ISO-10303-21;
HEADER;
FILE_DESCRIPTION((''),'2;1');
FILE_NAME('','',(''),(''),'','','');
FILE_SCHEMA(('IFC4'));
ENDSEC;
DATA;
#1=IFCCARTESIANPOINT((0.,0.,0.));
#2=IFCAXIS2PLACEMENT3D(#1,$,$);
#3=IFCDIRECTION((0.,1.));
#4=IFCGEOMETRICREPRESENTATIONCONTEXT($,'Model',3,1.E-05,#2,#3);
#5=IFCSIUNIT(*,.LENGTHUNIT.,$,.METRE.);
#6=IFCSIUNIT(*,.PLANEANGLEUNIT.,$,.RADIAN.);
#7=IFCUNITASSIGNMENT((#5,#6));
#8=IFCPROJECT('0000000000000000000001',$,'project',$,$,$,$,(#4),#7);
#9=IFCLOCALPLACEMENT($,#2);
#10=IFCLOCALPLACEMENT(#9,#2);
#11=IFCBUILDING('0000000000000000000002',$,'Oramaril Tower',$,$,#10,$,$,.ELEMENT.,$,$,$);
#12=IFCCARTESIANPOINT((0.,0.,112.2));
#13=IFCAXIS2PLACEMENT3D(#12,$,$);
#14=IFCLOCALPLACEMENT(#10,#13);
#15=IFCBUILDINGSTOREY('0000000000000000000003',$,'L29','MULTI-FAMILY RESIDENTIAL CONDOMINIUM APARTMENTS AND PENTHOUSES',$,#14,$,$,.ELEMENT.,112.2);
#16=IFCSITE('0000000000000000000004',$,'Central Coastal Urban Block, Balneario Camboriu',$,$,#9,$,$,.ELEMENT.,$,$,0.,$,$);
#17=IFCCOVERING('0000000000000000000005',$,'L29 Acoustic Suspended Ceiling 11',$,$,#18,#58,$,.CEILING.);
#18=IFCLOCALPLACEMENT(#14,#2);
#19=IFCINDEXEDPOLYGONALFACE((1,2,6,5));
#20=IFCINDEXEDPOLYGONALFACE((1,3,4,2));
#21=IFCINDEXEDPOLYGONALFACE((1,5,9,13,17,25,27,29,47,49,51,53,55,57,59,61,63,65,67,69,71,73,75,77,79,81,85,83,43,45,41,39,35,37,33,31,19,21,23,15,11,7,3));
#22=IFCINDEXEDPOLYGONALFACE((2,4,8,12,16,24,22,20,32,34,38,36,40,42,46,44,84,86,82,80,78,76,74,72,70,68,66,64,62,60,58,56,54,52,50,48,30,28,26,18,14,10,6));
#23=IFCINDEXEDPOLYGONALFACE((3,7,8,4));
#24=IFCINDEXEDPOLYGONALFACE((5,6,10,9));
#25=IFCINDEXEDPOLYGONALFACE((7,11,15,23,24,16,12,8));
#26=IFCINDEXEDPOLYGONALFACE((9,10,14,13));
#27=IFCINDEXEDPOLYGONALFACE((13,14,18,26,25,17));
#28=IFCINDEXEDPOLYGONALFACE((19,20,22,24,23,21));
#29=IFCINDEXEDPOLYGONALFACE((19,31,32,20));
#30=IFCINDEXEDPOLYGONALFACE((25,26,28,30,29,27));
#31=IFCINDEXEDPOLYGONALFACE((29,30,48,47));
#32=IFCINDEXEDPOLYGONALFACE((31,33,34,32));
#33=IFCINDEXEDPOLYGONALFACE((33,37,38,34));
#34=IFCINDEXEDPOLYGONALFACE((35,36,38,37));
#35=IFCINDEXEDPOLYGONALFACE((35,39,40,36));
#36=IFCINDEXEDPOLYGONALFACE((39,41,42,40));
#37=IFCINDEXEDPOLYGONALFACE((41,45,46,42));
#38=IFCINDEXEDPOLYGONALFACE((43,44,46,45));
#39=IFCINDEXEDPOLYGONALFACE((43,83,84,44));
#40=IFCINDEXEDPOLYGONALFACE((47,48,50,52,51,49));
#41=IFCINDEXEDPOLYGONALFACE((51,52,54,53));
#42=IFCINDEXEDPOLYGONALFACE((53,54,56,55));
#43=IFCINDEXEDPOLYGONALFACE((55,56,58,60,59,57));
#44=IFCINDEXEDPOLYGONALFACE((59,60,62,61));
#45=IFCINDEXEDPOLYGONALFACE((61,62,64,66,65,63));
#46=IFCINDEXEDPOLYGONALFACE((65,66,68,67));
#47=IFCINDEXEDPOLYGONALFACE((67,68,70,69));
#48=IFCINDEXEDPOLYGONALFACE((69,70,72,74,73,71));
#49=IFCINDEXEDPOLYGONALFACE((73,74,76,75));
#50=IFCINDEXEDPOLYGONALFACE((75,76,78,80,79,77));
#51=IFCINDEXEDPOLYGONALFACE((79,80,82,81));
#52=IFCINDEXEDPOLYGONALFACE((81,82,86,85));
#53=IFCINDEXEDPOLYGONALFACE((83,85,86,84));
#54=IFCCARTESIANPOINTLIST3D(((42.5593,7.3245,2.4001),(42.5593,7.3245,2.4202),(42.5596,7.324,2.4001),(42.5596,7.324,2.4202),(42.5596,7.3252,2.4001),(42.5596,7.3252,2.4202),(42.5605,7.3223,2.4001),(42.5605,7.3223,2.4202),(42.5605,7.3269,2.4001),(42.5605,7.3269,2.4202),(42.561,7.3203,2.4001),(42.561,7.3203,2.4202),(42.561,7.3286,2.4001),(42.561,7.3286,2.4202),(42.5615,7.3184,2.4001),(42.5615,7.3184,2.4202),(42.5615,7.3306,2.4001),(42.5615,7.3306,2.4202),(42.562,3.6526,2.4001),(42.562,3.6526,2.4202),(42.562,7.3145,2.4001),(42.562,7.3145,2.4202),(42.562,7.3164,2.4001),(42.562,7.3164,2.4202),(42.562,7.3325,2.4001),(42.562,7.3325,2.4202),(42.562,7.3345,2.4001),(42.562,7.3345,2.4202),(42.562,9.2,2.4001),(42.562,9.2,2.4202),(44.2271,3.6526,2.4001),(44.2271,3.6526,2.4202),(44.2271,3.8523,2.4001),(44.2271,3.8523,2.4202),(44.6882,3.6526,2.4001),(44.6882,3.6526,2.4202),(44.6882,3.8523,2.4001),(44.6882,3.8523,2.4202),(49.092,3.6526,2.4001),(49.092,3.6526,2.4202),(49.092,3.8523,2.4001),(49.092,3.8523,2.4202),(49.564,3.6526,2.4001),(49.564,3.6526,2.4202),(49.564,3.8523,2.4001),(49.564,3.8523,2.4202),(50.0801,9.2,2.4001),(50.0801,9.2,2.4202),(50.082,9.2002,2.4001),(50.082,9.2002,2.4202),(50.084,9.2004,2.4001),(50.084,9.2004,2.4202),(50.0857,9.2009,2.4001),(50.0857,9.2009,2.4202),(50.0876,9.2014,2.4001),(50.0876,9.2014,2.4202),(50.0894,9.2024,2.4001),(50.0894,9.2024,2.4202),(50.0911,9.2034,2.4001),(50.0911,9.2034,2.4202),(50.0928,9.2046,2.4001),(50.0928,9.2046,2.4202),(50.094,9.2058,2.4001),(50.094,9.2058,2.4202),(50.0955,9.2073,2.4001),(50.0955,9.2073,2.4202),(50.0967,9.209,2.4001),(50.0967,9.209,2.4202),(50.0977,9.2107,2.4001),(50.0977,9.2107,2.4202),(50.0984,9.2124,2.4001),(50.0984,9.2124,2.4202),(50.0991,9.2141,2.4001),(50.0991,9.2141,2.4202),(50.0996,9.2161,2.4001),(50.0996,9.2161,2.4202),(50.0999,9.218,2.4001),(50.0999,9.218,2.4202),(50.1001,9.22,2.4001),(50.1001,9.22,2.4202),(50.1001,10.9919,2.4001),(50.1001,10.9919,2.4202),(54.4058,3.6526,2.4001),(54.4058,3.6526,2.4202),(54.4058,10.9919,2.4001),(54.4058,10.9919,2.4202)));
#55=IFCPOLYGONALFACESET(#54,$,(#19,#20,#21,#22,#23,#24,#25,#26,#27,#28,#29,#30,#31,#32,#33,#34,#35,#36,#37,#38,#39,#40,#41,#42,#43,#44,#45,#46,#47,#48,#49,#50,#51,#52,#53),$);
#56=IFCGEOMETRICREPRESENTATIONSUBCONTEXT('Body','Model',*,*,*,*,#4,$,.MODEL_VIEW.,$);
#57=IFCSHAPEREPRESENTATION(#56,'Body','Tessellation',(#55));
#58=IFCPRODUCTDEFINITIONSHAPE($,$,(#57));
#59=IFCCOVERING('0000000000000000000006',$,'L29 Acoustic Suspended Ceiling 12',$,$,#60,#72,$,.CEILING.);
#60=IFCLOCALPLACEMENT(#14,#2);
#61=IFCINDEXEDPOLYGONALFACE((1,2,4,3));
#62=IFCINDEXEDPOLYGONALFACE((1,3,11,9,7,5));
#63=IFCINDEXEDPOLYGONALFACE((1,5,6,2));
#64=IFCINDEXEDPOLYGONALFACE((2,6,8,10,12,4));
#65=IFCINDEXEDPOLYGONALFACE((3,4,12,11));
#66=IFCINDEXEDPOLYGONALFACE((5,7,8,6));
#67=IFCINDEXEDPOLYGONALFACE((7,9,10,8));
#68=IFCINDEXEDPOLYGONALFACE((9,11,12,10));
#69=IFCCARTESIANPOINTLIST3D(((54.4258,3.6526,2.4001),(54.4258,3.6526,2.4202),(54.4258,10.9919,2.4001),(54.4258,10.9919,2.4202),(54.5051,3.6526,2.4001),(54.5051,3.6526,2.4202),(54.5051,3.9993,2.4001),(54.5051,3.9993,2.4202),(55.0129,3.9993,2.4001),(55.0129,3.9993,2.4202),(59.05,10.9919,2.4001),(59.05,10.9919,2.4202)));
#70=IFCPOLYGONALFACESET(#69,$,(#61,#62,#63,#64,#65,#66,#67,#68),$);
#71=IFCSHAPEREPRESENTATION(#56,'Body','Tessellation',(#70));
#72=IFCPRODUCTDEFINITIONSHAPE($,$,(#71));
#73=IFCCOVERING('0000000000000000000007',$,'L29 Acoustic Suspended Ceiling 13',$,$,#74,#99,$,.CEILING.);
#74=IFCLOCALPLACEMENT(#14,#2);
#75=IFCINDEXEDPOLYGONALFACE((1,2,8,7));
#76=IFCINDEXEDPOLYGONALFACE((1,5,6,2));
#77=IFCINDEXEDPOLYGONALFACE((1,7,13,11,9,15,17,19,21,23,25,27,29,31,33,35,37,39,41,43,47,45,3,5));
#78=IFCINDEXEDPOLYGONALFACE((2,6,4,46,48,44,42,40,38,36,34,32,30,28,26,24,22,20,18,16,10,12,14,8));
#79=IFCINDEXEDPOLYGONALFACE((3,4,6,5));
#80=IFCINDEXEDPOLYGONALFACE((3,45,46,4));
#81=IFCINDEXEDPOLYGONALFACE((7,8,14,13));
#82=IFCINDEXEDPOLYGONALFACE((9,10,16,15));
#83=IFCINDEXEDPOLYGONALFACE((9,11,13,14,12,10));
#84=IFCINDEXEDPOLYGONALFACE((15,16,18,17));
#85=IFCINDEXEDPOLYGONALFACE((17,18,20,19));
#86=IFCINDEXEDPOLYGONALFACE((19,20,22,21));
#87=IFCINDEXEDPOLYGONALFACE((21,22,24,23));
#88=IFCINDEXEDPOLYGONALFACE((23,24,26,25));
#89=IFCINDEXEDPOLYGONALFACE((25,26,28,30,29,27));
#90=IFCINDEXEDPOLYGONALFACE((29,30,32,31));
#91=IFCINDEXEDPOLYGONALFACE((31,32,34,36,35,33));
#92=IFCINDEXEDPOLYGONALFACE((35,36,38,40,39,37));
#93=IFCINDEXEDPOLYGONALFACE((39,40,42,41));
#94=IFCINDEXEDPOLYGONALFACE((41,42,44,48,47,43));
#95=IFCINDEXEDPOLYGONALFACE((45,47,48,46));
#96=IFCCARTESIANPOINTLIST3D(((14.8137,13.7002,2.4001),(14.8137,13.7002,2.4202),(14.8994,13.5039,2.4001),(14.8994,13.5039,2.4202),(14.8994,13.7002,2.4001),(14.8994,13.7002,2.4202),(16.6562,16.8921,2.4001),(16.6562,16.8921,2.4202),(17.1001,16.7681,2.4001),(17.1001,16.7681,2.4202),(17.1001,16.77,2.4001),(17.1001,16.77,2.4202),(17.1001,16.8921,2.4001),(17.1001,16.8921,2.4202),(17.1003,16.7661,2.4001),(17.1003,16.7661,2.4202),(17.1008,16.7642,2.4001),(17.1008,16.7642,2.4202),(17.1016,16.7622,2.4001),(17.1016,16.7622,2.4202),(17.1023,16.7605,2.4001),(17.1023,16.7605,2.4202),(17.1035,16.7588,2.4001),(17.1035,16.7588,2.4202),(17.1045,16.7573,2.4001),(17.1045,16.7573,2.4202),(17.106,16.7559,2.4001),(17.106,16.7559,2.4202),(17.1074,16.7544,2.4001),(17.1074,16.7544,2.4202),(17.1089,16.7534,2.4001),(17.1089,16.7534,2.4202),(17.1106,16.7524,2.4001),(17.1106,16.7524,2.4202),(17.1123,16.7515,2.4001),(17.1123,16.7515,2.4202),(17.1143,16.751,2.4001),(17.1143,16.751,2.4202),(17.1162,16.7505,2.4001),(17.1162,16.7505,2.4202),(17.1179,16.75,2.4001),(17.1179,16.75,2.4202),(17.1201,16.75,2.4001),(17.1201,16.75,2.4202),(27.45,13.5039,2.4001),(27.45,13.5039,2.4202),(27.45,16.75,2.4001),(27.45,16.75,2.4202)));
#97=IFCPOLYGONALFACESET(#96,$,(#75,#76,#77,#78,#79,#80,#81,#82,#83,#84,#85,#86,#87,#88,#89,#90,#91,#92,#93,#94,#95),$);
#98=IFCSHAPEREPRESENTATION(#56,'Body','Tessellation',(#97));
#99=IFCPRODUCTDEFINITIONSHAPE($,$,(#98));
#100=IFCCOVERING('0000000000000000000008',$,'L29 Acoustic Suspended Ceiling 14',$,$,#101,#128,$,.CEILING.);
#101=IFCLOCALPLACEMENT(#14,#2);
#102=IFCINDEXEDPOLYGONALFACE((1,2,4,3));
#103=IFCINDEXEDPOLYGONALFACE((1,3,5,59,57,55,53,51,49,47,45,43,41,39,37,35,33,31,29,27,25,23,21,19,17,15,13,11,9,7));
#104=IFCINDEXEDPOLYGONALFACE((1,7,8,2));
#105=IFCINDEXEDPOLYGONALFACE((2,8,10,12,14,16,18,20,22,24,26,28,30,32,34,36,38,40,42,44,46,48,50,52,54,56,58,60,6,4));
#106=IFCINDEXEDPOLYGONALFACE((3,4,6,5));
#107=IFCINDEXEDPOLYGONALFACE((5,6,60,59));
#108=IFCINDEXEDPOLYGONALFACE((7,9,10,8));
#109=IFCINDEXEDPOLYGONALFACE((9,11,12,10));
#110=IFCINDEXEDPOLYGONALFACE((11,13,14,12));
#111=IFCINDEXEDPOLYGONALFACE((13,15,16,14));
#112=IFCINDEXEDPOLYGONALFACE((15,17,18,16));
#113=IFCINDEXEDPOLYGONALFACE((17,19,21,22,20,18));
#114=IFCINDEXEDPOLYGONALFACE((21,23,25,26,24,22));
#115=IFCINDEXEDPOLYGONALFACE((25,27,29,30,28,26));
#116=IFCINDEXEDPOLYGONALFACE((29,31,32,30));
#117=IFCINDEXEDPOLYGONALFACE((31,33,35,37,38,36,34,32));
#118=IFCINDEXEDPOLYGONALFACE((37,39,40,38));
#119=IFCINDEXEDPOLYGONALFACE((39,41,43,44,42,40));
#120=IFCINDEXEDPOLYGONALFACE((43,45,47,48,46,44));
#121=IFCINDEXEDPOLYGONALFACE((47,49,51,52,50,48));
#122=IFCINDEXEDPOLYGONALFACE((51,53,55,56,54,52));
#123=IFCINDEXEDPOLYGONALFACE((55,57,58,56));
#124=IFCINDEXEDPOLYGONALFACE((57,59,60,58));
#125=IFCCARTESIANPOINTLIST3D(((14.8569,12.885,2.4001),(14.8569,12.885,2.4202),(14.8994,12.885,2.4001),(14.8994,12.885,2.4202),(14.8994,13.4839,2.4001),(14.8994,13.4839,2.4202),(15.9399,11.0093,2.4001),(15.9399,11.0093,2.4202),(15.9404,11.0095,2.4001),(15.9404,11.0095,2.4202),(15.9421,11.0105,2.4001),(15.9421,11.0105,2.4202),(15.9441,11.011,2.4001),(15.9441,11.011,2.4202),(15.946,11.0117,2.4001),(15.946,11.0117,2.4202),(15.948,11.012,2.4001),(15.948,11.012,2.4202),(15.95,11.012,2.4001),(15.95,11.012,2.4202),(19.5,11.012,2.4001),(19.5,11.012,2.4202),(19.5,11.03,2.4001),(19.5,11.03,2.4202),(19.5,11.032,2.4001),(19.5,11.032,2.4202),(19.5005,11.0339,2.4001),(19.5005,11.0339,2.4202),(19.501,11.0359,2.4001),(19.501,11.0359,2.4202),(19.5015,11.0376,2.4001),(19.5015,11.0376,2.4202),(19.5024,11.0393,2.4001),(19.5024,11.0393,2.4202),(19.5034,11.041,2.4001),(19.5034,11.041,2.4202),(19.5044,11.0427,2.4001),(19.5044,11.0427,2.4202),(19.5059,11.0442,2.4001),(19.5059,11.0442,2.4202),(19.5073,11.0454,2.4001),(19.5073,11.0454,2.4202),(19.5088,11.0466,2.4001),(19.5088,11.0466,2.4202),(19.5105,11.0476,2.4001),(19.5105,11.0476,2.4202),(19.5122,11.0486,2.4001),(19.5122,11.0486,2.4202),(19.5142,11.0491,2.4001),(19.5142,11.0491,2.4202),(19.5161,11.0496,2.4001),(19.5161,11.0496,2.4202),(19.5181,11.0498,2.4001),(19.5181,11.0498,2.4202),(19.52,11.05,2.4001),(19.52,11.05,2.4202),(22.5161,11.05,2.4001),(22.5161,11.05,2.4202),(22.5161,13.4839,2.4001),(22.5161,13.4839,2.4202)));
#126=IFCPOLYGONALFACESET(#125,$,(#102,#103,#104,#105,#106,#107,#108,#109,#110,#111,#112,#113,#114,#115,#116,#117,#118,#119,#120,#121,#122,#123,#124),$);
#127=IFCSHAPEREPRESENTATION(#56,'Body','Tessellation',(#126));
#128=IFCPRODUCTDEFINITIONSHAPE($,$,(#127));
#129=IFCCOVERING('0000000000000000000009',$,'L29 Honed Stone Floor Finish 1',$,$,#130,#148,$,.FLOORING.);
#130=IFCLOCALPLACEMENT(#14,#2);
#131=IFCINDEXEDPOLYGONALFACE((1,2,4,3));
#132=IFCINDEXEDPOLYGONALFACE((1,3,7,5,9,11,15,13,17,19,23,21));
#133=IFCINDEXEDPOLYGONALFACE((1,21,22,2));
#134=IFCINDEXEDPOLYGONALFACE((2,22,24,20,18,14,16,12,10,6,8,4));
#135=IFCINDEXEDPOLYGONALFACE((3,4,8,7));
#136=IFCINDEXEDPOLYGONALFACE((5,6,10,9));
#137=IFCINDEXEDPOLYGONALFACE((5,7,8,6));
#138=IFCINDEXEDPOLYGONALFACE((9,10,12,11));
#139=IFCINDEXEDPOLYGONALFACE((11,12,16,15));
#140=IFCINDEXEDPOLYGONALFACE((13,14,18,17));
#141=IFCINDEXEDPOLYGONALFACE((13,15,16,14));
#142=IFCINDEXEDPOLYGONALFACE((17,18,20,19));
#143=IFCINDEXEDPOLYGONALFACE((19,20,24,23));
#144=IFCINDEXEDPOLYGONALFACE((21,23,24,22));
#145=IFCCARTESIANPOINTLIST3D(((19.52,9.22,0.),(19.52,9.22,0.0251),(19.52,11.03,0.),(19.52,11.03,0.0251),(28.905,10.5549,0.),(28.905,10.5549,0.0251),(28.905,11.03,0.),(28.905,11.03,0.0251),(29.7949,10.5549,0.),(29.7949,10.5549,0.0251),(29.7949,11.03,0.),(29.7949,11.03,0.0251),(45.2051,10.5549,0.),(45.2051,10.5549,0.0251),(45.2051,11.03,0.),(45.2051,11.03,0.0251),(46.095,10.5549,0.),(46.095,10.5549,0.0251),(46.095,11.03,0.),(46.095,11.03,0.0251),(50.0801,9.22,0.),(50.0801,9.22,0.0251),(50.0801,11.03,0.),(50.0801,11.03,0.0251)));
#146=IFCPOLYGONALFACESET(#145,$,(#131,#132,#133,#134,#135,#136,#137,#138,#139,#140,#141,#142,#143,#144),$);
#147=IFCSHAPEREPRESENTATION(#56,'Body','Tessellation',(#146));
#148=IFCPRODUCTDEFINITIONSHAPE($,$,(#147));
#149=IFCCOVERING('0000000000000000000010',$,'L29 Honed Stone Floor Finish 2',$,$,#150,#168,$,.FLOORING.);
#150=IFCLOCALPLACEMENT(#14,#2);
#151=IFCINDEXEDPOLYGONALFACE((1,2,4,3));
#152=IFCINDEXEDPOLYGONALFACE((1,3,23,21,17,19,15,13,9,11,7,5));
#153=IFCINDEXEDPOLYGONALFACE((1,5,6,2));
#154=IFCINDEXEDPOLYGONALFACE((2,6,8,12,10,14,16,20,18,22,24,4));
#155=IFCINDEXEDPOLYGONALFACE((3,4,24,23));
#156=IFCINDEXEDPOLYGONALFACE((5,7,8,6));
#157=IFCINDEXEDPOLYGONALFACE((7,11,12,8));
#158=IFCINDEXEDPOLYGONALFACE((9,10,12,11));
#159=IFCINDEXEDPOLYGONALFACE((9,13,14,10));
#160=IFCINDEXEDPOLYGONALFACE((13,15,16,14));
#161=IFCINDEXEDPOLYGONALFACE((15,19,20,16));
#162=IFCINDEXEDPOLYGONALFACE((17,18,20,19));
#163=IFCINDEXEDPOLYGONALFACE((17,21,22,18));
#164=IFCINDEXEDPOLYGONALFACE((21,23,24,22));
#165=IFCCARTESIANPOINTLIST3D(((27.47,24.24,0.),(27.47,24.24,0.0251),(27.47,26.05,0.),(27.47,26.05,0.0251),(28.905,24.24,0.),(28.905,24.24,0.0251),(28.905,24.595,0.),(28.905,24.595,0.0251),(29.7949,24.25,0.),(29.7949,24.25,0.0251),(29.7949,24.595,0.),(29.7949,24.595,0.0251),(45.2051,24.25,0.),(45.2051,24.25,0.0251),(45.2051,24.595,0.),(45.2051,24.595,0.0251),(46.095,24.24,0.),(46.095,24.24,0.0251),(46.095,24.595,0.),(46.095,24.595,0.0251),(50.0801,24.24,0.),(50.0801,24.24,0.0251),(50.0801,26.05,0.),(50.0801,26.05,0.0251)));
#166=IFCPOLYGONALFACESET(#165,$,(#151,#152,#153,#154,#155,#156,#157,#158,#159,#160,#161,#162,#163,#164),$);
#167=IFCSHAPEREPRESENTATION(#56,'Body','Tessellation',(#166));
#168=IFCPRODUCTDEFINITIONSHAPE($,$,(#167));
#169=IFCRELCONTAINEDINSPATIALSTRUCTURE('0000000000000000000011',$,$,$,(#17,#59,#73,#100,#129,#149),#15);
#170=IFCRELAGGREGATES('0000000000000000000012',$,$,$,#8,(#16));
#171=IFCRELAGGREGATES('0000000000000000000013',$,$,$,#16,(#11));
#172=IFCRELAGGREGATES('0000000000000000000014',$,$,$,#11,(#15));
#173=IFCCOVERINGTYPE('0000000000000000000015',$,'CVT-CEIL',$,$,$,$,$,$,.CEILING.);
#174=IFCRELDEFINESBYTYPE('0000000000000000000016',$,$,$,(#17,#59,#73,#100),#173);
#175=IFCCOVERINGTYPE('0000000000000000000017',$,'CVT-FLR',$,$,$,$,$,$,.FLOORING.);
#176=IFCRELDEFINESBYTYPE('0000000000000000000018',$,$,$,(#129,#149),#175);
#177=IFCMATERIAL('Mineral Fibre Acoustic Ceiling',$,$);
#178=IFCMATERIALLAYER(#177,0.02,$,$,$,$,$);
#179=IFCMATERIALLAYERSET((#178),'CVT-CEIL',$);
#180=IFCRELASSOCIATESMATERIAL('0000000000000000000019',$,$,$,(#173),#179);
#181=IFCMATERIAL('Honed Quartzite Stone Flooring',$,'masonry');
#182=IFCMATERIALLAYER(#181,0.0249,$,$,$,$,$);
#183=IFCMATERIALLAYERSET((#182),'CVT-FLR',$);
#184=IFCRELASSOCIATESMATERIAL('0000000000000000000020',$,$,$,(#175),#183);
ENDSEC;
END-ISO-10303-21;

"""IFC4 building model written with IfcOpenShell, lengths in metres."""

from ifc_helpers import new_model, si_unit, direction, frame, origin, place, context, subcontext, project, spatial, polyline, outline, extrude, material, layer, layer_set, type_object, element, save


model = new_model("IFC4")

# Units and contexts
model_context = context("Model", 3, precision=1e-05, world=origin(), true_north=direction((0.0, 1.0)))
body_context = subcontext(model_context, "Body", "Model", "MODEL_VIEW")
ifc_project = project(units=[si_unit("LENGTHUNIT", "METRE"), si_unit("PLANEANGLEUNIT", "RADIAN")], contexts=[model_context])

# Site, building, storey
site_placement = place(None, origin())
site = spatial("IfcSite", under=ifc_project, at=site_placement, Name="Central Coastal Urban Block, Balneario Camboriu", CompositionType="ELEMENT", RefElevation=0.0)
building_placement = place(site_placement, origin())
building = spatial("IfcBuilding", under=site, at=building_placement, Name="Oramaril Tower", CompositionType="ELEMENT")
storey_placement = place(building_placement, frame((0.0, 0.0, 112.2)))
storey = spatial("IfcBuildingStorey", under=building, at=storey_placement, Name="L29", Description="MULTI-FAMILY RESIDENTIAL CONDOMINIUM APARTMENTS AND PENTHOUSES", CompositionType="ELEMENT", Elevation=112.2)

# Coverings
ifc_material_1 = material(Name="Mineral Fibre Acoustic Ceiling")
ifc_layer_1 = layer(ifc_material_1, 0.02)
ifc_layer_set_1 = layer_set([ifc_layer_1], Name="CVT-CEIL")
covering_type_1 = type_object("IfcCoveringType", Name="CVT-CEIL", PredefinedType="CEILING", material=ifc_layer_set_1)
covering_1_placement = place(storey_placement, frame((0.0, 0.0, 2.4001)))
element("IfcCovering", 1, at=covering_1_placement, inside=storey, type_object=covering_type_1, Name="L29 Acoustic Suspended Ceiling 11", PredefinedType="CEILING", context=body_context, shape_type="SweptSolid", body=[
    extrude(outline(polyline([(54.4058, 10.9919), (54.4058, 3.6526), (49.564, 3.6526), (49.564, 3.8523), (49.092, 3.8523), (49.092, 3.6526), (44.6882, 3.6526), (44.6882, 3.8523), (44.2271, 3.8523), (44.2271, 3.6526), (42.562, 3.6526), (42.562, 7.3145), (42.562, 7.3164), (42.5615, 7.3184), (42.561, 7.3203), (42.5605, 7.3223), (42.5596, 7.324), (42.5593, 7.3245), (42.5596, 7.3252), (42.5605, 7.3269), (42.561, 7.3286), (42.5615, 7.3306), (42.562, 7.3325), (42.562, 7.3345), (42.562, 9.2), (50.0801, 9.2), (50.082, 9.2002), (50.084, 9.2004), (50.0857, 9.2009), (50.0876, 9.2014), (50.0894, 9.2024), (50.0911, 9.2034), (50.0928, 9.2046), (50.094, 9.2058), (50.0955, 9.2073), (50.0967, 9.209), (50.0977, 9.2107), (50.0984, 9.2124), (50.0991, 9.2141), (50.0996, 9.2161), (50.0999, 9.218), (50.1001, 9.22), (50.1001, 10.9919), (54.4058, 10.9919)])), origin(), (0.0, 0.0, 1.0), 0.02),
])
covering_2_placement = place(storey_placement, frame((0.0, 0.0, 2.4001)))
element("IfcCovering", 2, at=covering_2_placement, inside=storey, type_object=covering_type_1, Name="L29 Acoustic Suspended Ceiling 12", PredefinedType="CEILING", context=body_context, shape_type="SweptSolid", body=[
    extrude(outline(polyline([(54.5051, 3.9993), (54.5051, 3.6526), (54.4258, 3.6526), (54.4258, 10.9919), (59.05, 10.9919), (55.0129, 3.9993), (54.5051, 3.9993)])), origin(), (0.0, 0.0, 1.0), 0.02),
])
covering_3_placement = place(storey_placement, frame((0.0, 0.0, 2.4001)))
element("IfcCovering", 3, at=covering_3_placement, inside=storey, type_object=covering_type_1, Name="L29 Acoustic Suspended Ceiling 13", PredefinedType="CEILING", context=body_context, shape_type="SweptSolid", body=[
    extrude(outline(polyline([(14.8994, 13.5039), (14.8994, 13.7002), (14.8137, 13.7002), (16.6562, 16.8921), (17.1001, 16.8921), (17.1001, 16.77), (17.1001, 16.7681), (17.1003, 16.7661), (17.1008, 16.7642), (17.1016, 16.7622), (17.1023, 16.7605), (17.1035, 16.7588), (17.1045, 16.7573), (17.106, 16.7559), (17.1074, 16.7544), (17.1089, 16.7534), (17.1106, 16.7524), (17.1123, 16.7515), (17.1143, 16.751), (17.1162, 16.7505), (17.1179, 16.75), (17.1201, 16.75), (27.45, 16.75), (27.45, 13.5039), (14.8994, 13.5039)])), origin(), (0.0, 0.0, 1.0), 0.02),
])
covering_4_placement = place(storey_placement, frame((0.0, 0.0, 2.4001)))
element("IfcCovering", 4, at=covering_4_placement, inside=storey, type_object=covering_type_1, Name="L29 Acoustic Suspended Ceiling 14", PredefinedType="CEILING", context=body_context, shape_type="SweptSolid", body=[
    extrude(outline(polyline([(14.8569, 12.885), (14.8994, 12.885), (14.8994, 13.4839), (22.5161, 13.4839), (22.5161, 11.05), (19.52, 11.05), (19.5181, 11.0498), (19.5161, 11.0496), (19.5142, 11.0491), (19.5122, 11.0486), (19.5105, 11.0476), (19.5088, 11.0466), (19.5073, 11.0454), (19.5059, 11.0442), (19.5044, 11.0427), (19.5034, 11.041), (19.5024, 11.0393), (19.5015, 11.0376), (19.501, 11.0359), (19.5005, 11.0339), (19.5, 11.032), (19.5, 11.03), (19.5, 11.012), (15.95, 11.012), (15.948, 11.012), (15.946, 11.0117), (15.9441, 11.011), (15.9421, 11.0105), (15.9404, 11.0095), (15.9399, 11.0093), (14.8569, 12.885)])), origin(), (0.0, 0.0, 1.0), 0.02),
])
ifc_material_2 = material(Name="Honed Quartzite Stone Flooring", Category="masonry")
ifc_layer_2 = layer(ifc_material_2, 0.0249)
ifc_layer_set_2 = layer_set([ifc_layer_2], Name="CVT-FLR")
covering_type_2 = type_object("IfcCoveringType", Name="CVT-FLR", PredefinedType="FLOORING", material=ifc_layer_set_2)
covering_5_placement = place(storey_placement, origin())
element("IfcCovering", 5, at=covering_5_placement, inside=storey, type_object=covering_type_2, Name="L29 Honed Stone Floor Finish 1", PredefinedType="FLOORING", context=body_context, shape_type="SweptSolid", body=[
    extrude(outline(polyline([(28.905, 10.5549), (29.7949, 10.5549), (29.7949, 11.03), (45.2051, 11.03), (45.2051, 10.5549), (46.095, 10.5549), (46.095, 11.03), (50.0801, 11.03), (50.0801, 9.22), (19.52, 9.22), (19.52, 11.03), (28.905, 11.03), (28.905, 10.5549)])), origin(), (0.0, 0.0, 1.0), 0.0251),
])
covering_6_placement = place(storey_placement, origin())
element("IfcCovering", 6, at=covering_6_placement, inside=storey, type_object=covering_type_2, Name="L29 Honed Stone Floor Finish 2", PredefinedType="FLOORING", context=body_context, shape_type="SweptSolid", body=[
    extrude(outline(polyline([(50.0801, 24.24), (46.095, 24.24), (46.095, 24.595), (45.2051, 24.595), (45.2051, 24.25), (29.7949, 24.25), (29.7949, 24.595), (28.905, 24.595), (28.905, 24.24), (27.47, 24.24), (27.47, 26.05), (50.0801, 26.05), (50.0801, 24.24)])), origin(), (0.0, 0.0, 1.0), 0.0251),
])

save(model, "model.ifc")
